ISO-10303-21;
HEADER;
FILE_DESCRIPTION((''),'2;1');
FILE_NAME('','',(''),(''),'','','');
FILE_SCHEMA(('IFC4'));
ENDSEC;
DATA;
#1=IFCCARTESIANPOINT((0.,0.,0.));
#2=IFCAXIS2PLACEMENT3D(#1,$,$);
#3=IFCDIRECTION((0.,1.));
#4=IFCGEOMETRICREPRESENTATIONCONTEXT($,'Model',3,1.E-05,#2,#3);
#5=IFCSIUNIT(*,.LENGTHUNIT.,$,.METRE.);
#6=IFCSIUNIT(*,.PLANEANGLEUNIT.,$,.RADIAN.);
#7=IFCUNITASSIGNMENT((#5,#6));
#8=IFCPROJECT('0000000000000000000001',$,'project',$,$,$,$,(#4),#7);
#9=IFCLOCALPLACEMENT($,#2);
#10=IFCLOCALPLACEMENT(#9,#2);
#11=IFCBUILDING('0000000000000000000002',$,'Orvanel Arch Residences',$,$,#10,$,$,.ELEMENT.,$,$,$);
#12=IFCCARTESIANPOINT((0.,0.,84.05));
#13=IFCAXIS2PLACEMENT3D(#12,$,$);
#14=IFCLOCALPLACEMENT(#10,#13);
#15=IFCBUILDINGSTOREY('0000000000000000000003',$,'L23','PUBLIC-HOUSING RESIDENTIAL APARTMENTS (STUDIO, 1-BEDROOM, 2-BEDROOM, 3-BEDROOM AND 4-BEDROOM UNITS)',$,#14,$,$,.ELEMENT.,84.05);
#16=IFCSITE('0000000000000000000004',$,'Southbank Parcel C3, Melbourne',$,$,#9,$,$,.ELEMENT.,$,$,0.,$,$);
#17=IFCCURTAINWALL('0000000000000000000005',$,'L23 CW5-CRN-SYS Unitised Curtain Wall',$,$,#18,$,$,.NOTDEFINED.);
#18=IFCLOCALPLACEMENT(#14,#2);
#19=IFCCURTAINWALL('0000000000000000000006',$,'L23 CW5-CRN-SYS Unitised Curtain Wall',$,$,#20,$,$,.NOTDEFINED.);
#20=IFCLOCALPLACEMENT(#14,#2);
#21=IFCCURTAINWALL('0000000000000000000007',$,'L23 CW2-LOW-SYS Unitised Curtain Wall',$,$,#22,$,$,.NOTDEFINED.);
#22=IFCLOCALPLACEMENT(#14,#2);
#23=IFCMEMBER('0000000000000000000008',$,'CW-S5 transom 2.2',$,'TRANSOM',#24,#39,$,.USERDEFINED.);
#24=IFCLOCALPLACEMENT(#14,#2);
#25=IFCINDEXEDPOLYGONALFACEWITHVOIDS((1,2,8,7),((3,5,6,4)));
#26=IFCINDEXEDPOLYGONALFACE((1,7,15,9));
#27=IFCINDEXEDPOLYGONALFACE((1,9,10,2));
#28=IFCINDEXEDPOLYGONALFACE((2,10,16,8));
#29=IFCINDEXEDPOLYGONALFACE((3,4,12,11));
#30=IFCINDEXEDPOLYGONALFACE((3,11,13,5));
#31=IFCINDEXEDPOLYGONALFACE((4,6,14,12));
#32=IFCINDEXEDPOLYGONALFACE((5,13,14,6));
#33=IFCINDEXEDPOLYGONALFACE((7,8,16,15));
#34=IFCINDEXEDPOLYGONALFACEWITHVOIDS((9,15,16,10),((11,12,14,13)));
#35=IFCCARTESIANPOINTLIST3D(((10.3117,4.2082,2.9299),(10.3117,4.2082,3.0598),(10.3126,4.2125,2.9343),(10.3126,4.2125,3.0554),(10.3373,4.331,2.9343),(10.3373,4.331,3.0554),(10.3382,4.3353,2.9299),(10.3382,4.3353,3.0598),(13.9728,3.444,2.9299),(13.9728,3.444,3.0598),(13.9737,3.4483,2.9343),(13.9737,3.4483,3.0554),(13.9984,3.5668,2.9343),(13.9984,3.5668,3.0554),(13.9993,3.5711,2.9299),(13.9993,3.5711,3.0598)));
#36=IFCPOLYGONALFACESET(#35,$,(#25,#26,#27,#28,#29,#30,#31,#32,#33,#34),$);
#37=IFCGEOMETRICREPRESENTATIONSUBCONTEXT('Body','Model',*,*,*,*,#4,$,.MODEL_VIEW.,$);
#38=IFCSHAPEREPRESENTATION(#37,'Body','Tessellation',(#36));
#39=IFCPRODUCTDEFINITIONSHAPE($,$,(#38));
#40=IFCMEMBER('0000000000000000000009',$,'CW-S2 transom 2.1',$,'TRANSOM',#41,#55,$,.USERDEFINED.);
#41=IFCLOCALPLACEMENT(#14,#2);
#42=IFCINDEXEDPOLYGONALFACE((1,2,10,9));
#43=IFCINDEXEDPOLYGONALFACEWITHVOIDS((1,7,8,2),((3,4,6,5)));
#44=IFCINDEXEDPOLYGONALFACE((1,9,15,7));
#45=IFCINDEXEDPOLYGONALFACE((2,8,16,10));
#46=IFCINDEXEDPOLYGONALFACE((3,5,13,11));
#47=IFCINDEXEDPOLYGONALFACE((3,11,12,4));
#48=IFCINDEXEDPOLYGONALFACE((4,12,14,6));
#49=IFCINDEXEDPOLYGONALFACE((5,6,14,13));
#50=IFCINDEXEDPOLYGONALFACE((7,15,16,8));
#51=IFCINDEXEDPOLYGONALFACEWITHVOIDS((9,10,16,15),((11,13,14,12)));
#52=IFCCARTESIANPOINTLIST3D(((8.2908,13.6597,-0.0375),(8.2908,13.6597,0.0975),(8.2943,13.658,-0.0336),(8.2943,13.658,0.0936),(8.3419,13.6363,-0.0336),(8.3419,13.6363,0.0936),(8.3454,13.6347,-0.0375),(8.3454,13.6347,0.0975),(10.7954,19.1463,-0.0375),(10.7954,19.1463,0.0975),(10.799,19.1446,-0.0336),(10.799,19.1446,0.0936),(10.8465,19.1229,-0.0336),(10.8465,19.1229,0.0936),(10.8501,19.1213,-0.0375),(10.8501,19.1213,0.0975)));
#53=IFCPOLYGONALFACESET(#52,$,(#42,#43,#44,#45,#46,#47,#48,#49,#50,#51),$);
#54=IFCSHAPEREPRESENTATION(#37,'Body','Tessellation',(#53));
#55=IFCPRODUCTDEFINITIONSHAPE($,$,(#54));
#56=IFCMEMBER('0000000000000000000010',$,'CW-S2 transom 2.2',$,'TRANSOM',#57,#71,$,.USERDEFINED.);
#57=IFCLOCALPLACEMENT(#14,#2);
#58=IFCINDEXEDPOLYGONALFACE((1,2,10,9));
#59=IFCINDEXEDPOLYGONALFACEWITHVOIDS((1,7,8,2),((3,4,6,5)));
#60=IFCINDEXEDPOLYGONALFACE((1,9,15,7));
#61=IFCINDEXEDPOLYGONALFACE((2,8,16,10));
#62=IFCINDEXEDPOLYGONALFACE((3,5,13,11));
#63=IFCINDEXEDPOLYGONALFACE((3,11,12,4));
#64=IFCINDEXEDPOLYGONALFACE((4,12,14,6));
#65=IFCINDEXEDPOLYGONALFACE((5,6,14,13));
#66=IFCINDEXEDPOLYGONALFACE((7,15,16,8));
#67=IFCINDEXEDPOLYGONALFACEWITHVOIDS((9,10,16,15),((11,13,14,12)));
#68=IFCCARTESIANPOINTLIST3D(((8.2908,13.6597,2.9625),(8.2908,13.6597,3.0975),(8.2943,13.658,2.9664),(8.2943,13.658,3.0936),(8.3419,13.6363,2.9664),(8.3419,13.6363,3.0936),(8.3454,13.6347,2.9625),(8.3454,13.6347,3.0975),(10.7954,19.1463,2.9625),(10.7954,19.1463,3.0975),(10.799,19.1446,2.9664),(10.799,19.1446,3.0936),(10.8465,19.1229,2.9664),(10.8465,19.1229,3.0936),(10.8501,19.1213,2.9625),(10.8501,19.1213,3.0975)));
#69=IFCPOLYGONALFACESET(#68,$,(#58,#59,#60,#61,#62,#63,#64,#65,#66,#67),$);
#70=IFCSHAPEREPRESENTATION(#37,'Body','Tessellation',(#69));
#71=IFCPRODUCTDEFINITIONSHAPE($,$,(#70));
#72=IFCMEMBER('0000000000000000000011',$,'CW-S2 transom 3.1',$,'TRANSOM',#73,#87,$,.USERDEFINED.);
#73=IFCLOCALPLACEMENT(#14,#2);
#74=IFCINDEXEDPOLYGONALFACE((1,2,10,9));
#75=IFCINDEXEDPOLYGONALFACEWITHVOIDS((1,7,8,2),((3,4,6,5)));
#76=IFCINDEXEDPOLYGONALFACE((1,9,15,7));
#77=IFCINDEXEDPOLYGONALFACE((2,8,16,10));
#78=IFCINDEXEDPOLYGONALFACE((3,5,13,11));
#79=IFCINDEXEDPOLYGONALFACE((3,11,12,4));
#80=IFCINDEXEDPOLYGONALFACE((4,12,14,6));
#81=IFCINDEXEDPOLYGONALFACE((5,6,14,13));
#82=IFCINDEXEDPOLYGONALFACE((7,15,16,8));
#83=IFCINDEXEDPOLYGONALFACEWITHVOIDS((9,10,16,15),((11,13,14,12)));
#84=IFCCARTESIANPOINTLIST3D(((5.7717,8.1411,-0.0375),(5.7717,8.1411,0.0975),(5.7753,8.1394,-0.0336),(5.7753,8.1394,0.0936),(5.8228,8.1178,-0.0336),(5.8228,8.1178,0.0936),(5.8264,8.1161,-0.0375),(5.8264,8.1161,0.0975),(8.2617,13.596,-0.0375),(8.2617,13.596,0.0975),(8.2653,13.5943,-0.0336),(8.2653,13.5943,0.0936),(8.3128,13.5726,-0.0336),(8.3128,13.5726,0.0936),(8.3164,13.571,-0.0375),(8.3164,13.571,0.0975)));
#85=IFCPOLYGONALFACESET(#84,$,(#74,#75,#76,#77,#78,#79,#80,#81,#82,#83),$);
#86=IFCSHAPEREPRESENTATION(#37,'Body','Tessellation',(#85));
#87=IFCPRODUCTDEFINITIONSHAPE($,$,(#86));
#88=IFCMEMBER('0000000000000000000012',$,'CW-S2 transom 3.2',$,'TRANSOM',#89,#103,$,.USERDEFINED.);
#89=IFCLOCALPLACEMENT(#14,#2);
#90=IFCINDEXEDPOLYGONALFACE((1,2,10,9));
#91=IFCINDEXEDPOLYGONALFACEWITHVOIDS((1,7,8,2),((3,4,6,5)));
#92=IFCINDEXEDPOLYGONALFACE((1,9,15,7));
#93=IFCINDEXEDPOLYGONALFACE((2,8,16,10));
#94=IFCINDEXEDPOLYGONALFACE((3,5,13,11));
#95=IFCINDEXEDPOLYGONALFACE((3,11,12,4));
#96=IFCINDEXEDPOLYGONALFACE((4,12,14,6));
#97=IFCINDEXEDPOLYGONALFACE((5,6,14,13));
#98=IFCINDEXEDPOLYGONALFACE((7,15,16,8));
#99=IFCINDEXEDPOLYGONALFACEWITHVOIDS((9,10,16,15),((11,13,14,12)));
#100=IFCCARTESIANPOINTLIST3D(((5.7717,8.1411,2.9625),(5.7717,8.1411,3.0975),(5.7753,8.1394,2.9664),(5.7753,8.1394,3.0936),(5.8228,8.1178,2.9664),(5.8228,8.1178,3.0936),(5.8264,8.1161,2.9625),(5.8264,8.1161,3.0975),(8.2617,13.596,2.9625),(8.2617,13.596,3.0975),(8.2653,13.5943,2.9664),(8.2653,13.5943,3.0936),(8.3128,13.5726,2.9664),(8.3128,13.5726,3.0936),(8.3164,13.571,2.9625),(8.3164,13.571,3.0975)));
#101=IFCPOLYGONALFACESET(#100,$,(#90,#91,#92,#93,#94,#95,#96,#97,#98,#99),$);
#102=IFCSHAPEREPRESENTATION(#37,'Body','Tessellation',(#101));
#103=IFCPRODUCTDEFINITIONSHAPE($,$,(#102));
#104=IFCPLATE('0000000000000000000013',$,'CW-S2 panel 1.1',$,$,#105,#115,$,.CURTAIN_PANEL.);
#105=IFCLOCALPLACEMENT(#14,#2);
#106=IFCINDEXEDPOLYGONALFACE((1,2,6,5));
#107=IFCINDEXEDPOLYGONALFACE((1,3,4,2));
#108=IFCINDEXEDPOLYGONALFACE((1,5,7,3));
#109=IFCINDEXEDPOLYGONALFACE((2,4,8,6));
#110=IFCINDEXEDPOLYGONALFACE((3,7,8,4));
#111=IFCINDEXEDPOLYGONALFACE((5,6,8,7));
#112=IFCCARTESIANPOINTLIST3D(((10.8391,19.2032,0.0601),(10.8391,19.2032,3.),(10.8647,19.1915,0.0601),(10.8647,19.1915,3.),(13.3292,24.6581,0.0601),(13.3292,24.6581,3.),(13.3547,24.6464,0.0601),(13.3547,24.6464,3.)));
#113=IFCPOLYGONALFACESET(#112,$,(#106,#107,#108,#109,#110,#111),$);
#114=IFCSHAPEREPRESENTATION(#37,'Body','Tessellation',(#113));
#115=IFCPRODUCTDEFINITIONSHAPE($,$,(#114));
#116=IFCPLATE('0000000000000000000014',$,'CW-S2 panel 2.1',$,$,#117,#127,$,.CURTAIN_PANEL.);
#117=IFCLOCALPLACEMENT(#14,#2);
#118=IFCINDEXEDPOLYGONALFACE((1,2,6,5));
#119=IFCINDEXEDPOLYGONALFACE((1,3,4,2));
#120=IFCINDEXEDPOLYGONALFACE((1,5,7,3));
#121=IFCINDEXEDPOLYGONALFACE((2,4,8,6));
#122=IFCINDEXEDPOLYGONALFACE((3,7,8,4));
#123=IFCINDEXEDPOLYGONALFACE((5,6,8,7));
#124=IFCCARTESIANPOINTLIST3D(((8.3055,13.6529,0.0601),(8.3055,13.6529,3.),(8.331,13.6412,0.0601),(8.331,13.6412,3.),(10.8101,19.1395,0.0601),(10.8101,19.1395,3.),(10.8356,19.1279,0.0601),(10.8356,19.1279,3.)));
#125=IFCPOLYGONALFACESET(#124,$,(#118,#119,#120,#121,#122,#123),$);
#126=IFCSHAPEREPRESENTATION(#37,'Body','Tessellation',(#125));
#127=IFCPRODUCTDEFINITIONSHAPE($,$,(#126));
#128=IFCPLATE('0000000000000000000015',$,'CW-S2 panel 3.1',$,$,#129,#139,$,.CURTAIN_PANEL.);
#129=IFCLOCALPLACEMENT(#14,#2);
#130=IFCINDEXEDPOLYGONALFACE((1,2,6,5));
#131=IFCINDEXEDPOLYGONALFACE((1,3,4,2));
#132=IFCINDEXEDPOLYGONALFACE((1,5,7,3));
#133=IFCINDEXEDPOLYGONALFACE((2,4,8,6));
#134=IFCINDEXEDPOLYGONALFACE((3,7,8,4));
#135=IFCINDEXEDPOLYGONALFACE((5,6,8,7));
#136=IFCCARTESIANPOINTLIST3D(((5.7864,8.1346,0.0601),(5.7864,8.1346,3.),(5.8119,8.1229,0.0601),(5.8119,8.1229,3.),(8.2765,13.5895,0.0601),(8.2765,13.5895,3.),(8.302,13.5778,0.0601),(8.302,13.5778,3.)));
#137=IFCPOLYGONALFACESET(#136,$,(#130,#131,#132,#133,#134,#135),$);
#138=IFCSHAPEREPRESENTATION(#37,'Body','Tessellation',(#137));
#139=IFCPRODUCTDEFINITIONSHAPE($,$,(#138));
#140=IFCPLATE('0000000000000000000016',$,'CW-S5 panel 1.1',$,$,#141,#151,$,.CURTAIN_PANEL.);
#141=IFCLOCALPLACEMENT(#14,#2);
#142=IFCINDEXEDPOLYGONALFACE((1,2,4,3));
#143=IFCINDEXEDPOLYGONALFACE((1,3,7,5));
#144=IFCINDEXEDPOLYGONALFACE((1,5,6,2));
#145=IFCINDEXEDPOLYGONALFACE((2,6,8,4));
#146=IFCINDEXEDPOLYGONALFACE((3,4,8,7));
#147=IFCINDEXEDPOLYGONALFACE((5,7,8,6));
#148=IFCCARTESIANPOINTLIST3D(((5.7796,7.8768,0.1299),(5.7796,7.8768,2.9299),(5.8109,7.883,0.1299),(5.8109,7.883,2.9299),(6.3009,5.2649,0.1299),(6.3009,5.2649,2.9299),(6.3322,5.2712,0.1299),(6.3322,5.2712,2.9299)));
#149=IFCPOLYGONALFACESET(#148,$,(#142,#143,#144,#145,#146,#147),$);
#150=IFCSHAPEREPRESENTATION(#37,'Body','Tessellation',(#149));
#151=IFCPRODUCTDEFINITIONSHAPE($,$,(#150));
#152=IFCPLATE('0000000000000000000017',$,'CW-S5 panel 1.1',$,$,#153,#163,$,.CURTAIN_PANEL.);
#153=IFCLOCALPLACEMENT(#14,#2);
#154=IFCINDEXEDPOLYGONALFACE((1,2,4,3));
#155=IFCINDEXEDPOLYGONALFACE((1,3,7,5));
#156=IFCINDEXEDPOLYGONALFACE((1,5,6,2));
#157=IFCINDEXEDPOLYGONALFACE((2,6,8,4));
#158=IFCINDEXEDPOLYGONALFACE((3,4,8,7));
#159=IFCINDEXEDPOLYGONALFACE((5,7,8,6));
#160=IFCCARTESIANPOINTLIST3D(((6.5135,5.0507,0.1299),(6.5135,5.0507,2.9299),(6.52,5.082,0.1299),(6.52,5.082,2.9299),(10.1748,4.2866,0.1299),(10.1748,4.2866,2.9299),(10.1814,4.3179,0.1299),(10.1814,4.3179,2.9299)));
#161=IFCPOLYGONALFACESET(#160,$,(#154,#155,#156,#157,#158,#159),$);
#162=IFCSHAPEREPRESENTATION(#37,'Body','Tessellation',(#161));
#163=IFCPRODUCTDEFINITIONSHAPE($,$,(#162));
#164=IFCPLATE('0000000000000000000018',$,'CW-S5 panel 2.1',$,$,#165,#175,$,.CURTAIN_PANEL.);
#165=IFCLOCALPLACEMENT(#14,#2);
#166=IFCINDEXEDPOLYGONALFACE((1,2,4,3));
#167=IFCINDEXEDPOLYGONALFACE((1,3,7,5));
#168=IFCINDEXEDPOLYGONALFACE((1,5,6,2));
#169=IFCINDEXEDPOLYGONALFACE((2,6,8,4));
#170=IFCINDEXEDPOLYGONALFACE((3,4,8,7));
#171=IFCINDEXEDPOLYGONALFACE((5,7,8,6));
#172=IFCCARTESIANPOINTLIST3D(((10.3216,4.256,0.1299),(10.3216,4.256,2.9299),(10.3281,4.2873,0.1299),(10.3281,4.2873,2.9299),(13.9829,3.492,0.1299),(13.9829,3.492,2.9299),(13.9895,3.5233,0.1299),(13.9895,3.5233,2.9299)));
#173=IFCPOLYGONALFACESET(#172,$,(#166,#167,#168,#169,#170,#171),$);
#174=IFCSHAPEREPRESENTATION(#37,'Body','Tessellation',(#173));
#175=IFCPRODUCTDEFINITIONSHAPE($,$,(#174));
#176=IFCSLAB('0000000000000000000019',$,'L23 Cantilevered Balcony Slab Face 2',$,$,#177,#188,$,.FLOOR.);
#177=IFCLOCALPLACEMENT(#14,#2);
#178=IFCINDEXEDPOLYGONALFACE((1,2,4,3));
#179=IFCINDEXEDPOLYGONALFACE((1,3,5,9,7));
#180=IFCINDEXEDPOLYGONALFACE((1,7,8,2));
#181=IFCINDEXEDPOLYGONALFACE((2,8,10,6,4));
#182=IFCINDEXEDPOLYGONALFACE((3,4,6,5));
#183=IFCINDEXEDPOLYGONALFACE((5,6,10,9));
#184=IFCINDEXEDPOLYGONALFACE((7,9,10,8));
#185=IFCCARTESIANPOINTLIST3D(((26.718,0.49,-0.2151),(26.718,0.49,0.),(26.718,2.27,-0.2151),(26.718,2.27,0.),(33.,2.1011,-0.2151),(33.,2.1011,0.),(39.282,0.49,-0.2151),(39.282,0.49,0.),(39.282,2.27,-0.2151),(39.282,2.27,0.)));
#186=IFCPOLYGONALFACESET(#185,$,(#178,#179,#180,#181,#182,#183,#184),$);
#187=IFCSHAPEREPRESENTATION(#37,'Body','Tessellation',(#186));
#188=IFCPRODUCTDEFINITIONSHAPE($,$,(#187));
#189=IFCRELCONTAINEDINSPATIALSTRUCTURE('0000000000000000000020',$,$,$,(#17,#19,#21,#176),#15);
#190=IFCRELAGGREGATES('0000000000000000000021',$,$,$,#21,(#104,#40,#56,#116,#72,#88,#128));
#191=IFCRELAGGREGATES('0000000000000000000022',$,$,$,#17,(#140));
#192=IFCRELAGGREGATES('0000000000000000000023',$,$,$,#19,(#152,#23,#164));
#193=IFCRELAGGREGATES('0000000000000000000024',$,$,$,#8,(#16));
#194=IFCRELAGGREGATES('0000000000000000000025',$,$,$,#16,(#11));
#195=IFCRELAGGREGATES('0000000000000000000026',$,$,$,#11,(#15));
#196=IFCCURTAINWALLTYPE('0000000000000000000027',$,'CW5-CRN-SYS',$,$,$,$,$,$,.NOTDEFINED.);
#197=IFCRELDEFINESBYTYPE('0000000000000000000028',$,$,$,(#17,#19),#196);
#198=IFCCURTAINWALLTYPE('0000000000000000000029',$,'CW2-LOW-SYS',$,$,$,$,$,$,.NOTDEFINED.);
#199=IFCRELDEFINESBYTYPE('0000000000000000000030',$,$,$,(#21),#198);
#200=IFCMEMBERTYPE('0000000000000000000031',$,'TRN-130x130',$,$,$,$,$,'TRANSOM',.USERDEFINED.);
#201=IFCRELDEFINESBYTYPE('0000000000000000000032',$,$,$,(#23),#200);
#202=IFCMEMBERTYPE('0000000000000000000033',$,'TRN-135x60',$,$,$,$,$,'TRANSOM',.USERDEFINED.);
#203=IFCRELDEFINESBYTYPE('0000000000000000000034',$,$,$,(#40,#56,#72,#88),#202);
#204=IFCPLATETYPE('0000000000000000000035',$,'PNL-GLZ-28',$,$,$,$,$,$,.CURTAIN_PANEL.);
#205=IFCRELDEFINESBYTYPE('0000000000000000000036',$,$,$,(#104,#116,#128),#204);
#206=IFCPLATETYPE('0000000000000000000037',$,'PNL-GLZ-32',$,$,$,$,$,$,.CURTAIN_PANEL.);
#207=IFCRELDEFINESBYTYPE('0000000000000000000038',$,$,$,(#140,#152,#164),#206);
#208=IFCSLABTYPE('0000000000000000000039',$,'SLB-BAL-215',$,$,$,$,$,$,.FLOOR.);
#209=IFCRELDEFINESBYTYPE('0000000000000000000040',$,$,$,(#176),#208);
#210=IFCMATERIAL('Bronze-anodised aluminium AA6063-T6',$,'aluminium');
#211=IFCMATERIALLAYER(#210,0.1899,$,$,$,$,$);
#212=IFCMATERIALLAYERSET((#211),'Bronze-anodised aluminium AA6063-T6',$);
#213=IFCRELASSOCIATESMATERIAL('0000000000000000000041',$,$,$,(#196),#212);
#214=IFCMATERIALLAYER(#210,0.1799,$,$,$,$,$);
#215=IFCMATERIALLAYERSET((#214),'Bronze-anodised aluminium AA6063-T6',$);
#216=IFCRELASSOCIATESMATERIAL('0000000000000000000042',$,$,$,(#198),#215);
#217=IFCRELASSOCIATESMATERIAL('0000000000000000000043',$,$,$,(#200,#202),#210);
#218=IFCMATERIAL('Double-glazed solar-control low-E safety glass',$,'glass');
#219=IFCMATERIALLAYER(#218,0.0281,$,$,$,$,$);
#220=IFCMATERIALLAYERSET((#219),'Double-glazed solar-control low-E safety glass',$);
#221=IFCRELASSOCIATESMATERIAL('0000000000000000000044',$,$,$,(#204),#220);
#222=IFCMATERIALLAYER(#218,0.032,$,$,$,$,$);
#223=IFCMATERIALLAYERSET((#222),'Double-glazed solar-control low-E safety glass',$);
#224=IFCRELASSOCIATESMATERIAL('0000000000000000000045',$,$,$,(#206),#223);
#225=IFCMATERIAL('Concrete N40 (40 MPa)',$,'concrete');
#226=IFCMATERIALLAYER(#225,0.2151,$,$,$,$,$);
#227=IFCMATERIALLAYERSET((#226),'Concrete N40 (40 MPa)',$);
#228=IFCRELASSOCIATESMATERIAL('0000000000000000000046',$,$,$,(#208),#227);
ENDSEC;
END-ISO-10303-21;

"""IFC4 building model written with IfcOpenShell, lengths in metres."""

from ifc_helpers import new_model, si_unit, direction, frame, origin, origin_2d, place, context, subcontext, project, spatial, polyline, rectangle, hollow_rectangle, outline, extrude, material, layer, layer_set, material_profile, profile_set, type_object, element, aggregate, save


model = new_model("IFC4")

# Units and contexts
model_context = context("Model", 3, precision=1e-05, world=origin(), true_north=direction((0.0, 1.0)))
body_context = subcontext(model_context, "Body", "Model", "MODEL_VIEW")
ifc_project = project(units=[si_unit("LENGTHUNIT", "METRE"), si_unit("PLANEANGLEUNIT", "RADIAN")], contexts=[model_context])

# Site, building, storey
site_placement = place(None, origin())
site = spatial("IfcSite", under=ifc_project, at=site_placement, Name="Southbank Parcel C3, Melbourne", CompositionType="ELEMENT", RefElevation=0.0)
building_placement = place(site_placement, origin())
building = spatial("IfcBuilding", under=site, at=building_placement, Name="Orvanel Arch Residences", CompositionType="ELEMENT")
storey_placement = place(building_placement, frame((0.0, 0.0, 84.05)))
storey = spatial("IfcBuildingStorey", under=building, at=storey_placement, Name="L23", Description="PUBLIC-HOUSING RESIDENTIAL APARTMENTS (STUDIO, 1-BEDROOM, 2-BEDROOM, 3-BEDROOM AND 4-BEDROOM UNITS)", CompositionType="ELEMENT", Elevation=84.05)

# Curtain walls
ifc_material_1 = material(Name="Bronze-anodised aluminium AA6063-T6", Category="aluminium")
ifc_layer_1 = layer(ifc_material_1, 0.1899)
ifc_layer_set_1 = layer_set([ifc_layer_1], Name="Bronze-anodised aluminium AA6063-T6")
curtain_wall_type_1 = type_object("IfcCurtainWallType", Name="CW5-CRN-SYS", PredefinedType="NOTDEFINED", material=ifc_layer_set_1)
curtain_wall_1_placement = place(storey_placement, origin())
curtain_wall_1 = element("IfcCurtainWall", 1, at=curtain_wall_1_placement, inside=storey, type_object=curtain_wall_type_1, Name="L23 CW5-CRN-SYS Unitised Curtain Wall", PredefinedType="NOTDEFINED")
curtain_wall_2_placement = place(storey_placement, origin())
curtain_wall_2 = element("IfcCurtainWall", 2, at=curtain_wall_2_placement, inside=storey, type_object=curtain_wall_type_1, Name="L23 CW5-CRN-SYS Unitised Curtain Wall", PredefinedType="NOTDEFINED")
ifc_layer_2 = layer(ifc_material_1, 0.1799)
ifc_layer_set_2 = layer_set([ifc_layer_2], Name="Bronze-anodised aluminium AA6063-T6")
curtain_wall_type_2 = type_object("IfcCurtainWallType", Name="CW2-LOW-SYS", PredefinedType="NOTDEFINED", material=ifc_layer_set_2)
curtain_wall_3_placement = place(storey_placement, origin())
curtain_wall_3 = element("IfcCurtainWall", 3, at=curtain_wall_3_placement, inside=storey, type_object=curtain_wall_type_2, Name="L23 CW2-LOW-SYS Unitised Curtain Wall", PredefinedType="NOTDEFINED")

# Members
ifc_material_profile_1 = material_profile(ifc_material_1, hollow_rectangle(XDim=0.1299, YDim=0.1299, WallThickness=0.0044, at=origin_2d()), Name="ALU130x130x4.5")
ifc_profile_set_1 = profile_set([ifc_material_profile_1], Name="Bronze-anodised aluminium AA6063-T6")
member_type_1 = type_object("IfcMemberType", Name="TRN-130x130", ElementType="TRANSOM", PredefinedType="USERDEFINED", material=ifc_profile_set_1)
member_1_placement = place(storey_placement, frame((10.325, 4.2717, 2.9949), z_axis=(0.978904, -0.204319, 0.0), x_axis=(0.204319, 0.978904, 0.0)))
member_1 = element("IfcMember", 4, at=member_1_placement, type_object=member_type_1, Name="CW-S5 transom 2.2", ObjectType="TRANSOM", PredefinedType="USERDEFINED", context=body_context, shape_type="SweptSolid", body=[
    extrude(hollow_rectangle(XDim=0.1299, YDim=0.1299, WallThickness=0.0044, at=origin_2d()), origin(), (0.0, 0.0, 1.0), 3.74),
])
ifc_material_profile_2 = material_profile(ifc_material_1, hollow_rectangle(XDim=0.0601, YDim=0.135, WallThickness=0.0039, at=origin_2d()), Name="ALU135x60x4")
ifc_profile_set_2 = profile_set([ifc_material_profile_2], Name="Bronze-anodised aluminium AA6063-T6")
member_type_2 = type_object("IfcMemberType", Name="TRN-135x60", ElementType="TRANSOM", PredefinedType="USERDEFINED", material=ifc_profile_set_2)
member_2_placement = place(storey_placement, frame((10.8228, 19.1338, 0.03), z_axis=(-0.415279, -0.909694, 0.0), x_axis=(0.909694, -0.415279, 0.0)))
member_2 = element("IfcMember", 5, at=member_2_placement, type_object=member_type_2, Name="CW-S2 transom 2.1", ObjectType="TRANSOM", PredefinedType="USERDEFINED", context=body_context, shape_type="SweptSolid", body=[
    extrude(hollow_rectangle(XDim=0.0601, YDim=0.135, WallThickness=0.0039, at=origin_2d()), origin(), (0.0, 0.0, 1.0), 6.0312),
])
member_3_placement = place(storey_placement, frame((10.8228, 19.1338, 3.03), z_axis=(-0.415279, -0.909694, 0.0), x_axis=(0.909694, -0.415279, 0.0)))
member_3 = element("IfcMember", 6, at=member_3_placement, type_object=member_type_2, Name="CW-S2 transom 2.2", ObjectType="TRANSOM", PredefinedType="USERDEFINED", context=body_context, shape_type="SweptSolid", body=[
    extrude(hollow_rectangle(XDim=0.0601, YDim=0.135, WallThickness=0.0039, at=origin_2d()), origin(), (0.0, 0.0, 1.0), 6.0312),
])
member_4_placement = place(storey_placement, frame((8.2891, 13.5835, 0.03), z_axis=(-0.415256, -0.909704, 0.0), x_axis=(0.909704, -0.415256, 0.0)))
member_4 = element("IfcMember", 7, at=member_4_placement, type_object=member_type_2, Name="CW-S2 transom 3.1", ObjectType="TRANSOM", PredefinedType="USERDEFINED", context=body_context, shape_type="SweptSolid", body=[
    extrude(hollow_rectangle(XDim=0.0601, YDim=0.135, WallThickness=0.0039, at=origin_2d()), origin(), (0.0, 0.0, 1.0), 5.9963),
])
member_5_placement = place(storey_placement, frame((8.2891, 13.5835, 3.03), z_axis=(-0.415256, -0.909704, 0.0), x_axis=(0.909704, -0.415256, 0.0)))
member_5 = element("IfcMember", 8, at=member_5_placement, type_object=member_type_2, Name="CW-S2 transom 3.2", ObjectType="TRANSOM", PredefinedType="USERDEFINED", context=body_context, shape_type="SweptSolid", body=[
    extrude(hollow_rectangle(XDim=0.0601, YDim=0.135, WallThickness=0.0039, at=origin_2d()), origin(), (0.0, 0.0, 1.0), 5.9963),
])

# Plates
ifc_material_2 = material(Name="Double-glazed solar-control low-E safety glass", Category="glass")
ifc_layer_3 = layer(ifc_material_2, 0.0281)
ifc_layer_set_3 = layer_set([ifc_layer_3], Name="Double-glazed solar-control low-E safety glass")
plate_type_1 = type_object("IfcPlateType", Name="PNL-GLZ-28", PredefinedType="CURTAIN_PANEL", material=ifc_layer_set_3)
plate_1_placement = place(storey_placement, frame((12.0969, 21.9248, 0.0601), z_axis=(0.0, 0.0, 1.0), x_axis=(-0.415268, -0.909699, 0.0)))
plate_1 = element("IfcPlate", 9, at=plate_1_placement, type_object=plate_type_1, Name="CW-S2 panel 1.1", PredefinedType="CURTAIN_PANEL", context=body_context, shape_type="SweptSolid", body=[
    extrude(rectangle(XDim=5.9963, YDim=0.0281, at=origin_2d()), origin(), (0.0, 0.0, 1.0), 2.9399),
])
plate_2_placement = place(storey_placement, frame((9.5706, 16.3904, 0.0601), z_axis=(0.0, 0.0, 1.0), x_axis=(-0.415268, -0.909699, 0.0)))
plate_2 = element("IfcPlate", 10, at=plate_2_placement, type_object=plate_type_1, Name="CW-S2 panel 2.1", PredefinedType="CURTAIN_PANEL", context=body_context, shape_type="SweptSolid", body=[
    extrude(rectangle(XDim=6.0312, YDim=0.0281, at=origin_2d()), origin(), (0.0, 0.0, 1.0), 2.9399),
])
plate_3_placement = place(storey_placement, frame((7.0442, 10.8562, 0.0601), z_axis=(0.0, 0.0, 1.0), x_axis=(-0.415268, -0.909699, 0.0)))
plate_3 = element("IfcPlate", 11, at=plate_3_placement, type_object=plate_type_1, Name="CW-S2 panel 3.1", PredefinedType="CURTAIN_PANEL", context=body_context, shape_type="SweptSolid", body=[
    extrude(rectangle(XDim=5.9963, YDim=0.0281, at=origin_2d()), origin(), (0.0, 0.0, 1.0), 2.9399),
])
aggregate(curtain_wall_3, [plate_1, member_2, member_3, plate_2, member_4, member_5, plate_3])
ifc_layer_4 = layer(ifc_material_2, 0.032)
ifc_layer_set_4 = layer_set([ifc_layer_4], Name="Double-glazed solar-control low-E safety glass")
plate_type_2 = type_object("IfcPlateType", Name="PNL-GLZ-32", PredefinedType="CURTAIN_PANEL", material=ifc_layer_set_4)
plate_4_placement = place(storey_placement, frame((6.0559, 6.574, 0.1299), z_axis=(0.0, 0.0, 1.0), x_axis=(0.195727, -0.980658, 0.0)))
plate_4 = element("IfcPlate", 12, at=plate_4_placement, type_object=plate_type_2, Name="CW-S5 panel 1.1", PredefinedType="CURTAIN_PANEL", context=body_context, shape_type="SweptSolid", body=[
    extrude(rectangle(XDim=2.6633, YDim=0.032, at=origin_2d()), origin(), (0.0, 0.0, 1.0), 2.8),
])
aggregate(curtain_wall_1, [plate_4])
plate_5_placement = place(storey_placement, frame((8.3474, 4.6843, 0.1299), z_axis=(0.0, 0.0, 1.0), x_axis=(0.978912, -0.204282, 0.0)))
plate_5 = element("IfcPlate", 13, at=plate_5_placement, type_object=plate_type_2, Name="CW-S5 panel 1.1", PredefinedType="CURTAIN_PANEL", context=body_context, shape_type="SweptSolid", body=[
    extrude(rectangle(XDim=3.7402, YDim=0.032, at=origin_2d()), origin(), (0.0, 0.0, 1.0), 2.8),
])
plate_6_placement = place(storey_placement, frame((12.1555, 3.8896, 0.1299), z_axis=(0.0, 0.0, 1.0), x_axis=(0.978912, -0.204282, 0.0)))
plate_6 = element("IfcPlate", 14, at=plate_6_placement, type_object=plate_type_2, Name="CW-S5 panel 2.1", PredefinedType="CURTAIN_PANEL", context=body_context, shape_type="SweptSolid", body=[
    extrude(rectangle(XDim=3.7402, YDim=0.032, at=origin_2d()), origin(), (0.0, 0.0, 1.0), 2.8),
])
aggregate(curtain_wall_2, [plate_5, member_1, plate_6])

# Slab
ifc_material_3 = material(Name="Concrete N40 (40 MPa)", Category="concrete")
ifc_layer_5 = layer(ifc_material_3, 0.2151)
ifc_layer_set_5 = layer_set([ifc_layer_5], Name="Concrete N40 (40 MPa)")
slab_type_1 = type_object("IfcSlabType", Name="SLB-BAL-215", PredefinedType="FLOOR", material=ifc_layer_set_5)
slab_1_placement = place(storey_placement, frame((0.0, 0.0, -0.2151)))
element("IfcSlab", 15, at=slab_1_placement, inside=storey, type_object=slab_type_1, Name="L23 Cantilevered Balcony Slab Face 2", PredefinedType="FLOOR", context=body_context, shape_type="SweptSolid", body=[
    extrude(outline(polyline([(26.718, 0.49), (39.282, 0.49), (39.282, 2.27), (33.0, 2.1011), (26.718, 2.27), (26.718, 0.49)])), origin(), (0.0, 0.0, 1.0), 0.2151),
])

save(model, "model.ifc")
